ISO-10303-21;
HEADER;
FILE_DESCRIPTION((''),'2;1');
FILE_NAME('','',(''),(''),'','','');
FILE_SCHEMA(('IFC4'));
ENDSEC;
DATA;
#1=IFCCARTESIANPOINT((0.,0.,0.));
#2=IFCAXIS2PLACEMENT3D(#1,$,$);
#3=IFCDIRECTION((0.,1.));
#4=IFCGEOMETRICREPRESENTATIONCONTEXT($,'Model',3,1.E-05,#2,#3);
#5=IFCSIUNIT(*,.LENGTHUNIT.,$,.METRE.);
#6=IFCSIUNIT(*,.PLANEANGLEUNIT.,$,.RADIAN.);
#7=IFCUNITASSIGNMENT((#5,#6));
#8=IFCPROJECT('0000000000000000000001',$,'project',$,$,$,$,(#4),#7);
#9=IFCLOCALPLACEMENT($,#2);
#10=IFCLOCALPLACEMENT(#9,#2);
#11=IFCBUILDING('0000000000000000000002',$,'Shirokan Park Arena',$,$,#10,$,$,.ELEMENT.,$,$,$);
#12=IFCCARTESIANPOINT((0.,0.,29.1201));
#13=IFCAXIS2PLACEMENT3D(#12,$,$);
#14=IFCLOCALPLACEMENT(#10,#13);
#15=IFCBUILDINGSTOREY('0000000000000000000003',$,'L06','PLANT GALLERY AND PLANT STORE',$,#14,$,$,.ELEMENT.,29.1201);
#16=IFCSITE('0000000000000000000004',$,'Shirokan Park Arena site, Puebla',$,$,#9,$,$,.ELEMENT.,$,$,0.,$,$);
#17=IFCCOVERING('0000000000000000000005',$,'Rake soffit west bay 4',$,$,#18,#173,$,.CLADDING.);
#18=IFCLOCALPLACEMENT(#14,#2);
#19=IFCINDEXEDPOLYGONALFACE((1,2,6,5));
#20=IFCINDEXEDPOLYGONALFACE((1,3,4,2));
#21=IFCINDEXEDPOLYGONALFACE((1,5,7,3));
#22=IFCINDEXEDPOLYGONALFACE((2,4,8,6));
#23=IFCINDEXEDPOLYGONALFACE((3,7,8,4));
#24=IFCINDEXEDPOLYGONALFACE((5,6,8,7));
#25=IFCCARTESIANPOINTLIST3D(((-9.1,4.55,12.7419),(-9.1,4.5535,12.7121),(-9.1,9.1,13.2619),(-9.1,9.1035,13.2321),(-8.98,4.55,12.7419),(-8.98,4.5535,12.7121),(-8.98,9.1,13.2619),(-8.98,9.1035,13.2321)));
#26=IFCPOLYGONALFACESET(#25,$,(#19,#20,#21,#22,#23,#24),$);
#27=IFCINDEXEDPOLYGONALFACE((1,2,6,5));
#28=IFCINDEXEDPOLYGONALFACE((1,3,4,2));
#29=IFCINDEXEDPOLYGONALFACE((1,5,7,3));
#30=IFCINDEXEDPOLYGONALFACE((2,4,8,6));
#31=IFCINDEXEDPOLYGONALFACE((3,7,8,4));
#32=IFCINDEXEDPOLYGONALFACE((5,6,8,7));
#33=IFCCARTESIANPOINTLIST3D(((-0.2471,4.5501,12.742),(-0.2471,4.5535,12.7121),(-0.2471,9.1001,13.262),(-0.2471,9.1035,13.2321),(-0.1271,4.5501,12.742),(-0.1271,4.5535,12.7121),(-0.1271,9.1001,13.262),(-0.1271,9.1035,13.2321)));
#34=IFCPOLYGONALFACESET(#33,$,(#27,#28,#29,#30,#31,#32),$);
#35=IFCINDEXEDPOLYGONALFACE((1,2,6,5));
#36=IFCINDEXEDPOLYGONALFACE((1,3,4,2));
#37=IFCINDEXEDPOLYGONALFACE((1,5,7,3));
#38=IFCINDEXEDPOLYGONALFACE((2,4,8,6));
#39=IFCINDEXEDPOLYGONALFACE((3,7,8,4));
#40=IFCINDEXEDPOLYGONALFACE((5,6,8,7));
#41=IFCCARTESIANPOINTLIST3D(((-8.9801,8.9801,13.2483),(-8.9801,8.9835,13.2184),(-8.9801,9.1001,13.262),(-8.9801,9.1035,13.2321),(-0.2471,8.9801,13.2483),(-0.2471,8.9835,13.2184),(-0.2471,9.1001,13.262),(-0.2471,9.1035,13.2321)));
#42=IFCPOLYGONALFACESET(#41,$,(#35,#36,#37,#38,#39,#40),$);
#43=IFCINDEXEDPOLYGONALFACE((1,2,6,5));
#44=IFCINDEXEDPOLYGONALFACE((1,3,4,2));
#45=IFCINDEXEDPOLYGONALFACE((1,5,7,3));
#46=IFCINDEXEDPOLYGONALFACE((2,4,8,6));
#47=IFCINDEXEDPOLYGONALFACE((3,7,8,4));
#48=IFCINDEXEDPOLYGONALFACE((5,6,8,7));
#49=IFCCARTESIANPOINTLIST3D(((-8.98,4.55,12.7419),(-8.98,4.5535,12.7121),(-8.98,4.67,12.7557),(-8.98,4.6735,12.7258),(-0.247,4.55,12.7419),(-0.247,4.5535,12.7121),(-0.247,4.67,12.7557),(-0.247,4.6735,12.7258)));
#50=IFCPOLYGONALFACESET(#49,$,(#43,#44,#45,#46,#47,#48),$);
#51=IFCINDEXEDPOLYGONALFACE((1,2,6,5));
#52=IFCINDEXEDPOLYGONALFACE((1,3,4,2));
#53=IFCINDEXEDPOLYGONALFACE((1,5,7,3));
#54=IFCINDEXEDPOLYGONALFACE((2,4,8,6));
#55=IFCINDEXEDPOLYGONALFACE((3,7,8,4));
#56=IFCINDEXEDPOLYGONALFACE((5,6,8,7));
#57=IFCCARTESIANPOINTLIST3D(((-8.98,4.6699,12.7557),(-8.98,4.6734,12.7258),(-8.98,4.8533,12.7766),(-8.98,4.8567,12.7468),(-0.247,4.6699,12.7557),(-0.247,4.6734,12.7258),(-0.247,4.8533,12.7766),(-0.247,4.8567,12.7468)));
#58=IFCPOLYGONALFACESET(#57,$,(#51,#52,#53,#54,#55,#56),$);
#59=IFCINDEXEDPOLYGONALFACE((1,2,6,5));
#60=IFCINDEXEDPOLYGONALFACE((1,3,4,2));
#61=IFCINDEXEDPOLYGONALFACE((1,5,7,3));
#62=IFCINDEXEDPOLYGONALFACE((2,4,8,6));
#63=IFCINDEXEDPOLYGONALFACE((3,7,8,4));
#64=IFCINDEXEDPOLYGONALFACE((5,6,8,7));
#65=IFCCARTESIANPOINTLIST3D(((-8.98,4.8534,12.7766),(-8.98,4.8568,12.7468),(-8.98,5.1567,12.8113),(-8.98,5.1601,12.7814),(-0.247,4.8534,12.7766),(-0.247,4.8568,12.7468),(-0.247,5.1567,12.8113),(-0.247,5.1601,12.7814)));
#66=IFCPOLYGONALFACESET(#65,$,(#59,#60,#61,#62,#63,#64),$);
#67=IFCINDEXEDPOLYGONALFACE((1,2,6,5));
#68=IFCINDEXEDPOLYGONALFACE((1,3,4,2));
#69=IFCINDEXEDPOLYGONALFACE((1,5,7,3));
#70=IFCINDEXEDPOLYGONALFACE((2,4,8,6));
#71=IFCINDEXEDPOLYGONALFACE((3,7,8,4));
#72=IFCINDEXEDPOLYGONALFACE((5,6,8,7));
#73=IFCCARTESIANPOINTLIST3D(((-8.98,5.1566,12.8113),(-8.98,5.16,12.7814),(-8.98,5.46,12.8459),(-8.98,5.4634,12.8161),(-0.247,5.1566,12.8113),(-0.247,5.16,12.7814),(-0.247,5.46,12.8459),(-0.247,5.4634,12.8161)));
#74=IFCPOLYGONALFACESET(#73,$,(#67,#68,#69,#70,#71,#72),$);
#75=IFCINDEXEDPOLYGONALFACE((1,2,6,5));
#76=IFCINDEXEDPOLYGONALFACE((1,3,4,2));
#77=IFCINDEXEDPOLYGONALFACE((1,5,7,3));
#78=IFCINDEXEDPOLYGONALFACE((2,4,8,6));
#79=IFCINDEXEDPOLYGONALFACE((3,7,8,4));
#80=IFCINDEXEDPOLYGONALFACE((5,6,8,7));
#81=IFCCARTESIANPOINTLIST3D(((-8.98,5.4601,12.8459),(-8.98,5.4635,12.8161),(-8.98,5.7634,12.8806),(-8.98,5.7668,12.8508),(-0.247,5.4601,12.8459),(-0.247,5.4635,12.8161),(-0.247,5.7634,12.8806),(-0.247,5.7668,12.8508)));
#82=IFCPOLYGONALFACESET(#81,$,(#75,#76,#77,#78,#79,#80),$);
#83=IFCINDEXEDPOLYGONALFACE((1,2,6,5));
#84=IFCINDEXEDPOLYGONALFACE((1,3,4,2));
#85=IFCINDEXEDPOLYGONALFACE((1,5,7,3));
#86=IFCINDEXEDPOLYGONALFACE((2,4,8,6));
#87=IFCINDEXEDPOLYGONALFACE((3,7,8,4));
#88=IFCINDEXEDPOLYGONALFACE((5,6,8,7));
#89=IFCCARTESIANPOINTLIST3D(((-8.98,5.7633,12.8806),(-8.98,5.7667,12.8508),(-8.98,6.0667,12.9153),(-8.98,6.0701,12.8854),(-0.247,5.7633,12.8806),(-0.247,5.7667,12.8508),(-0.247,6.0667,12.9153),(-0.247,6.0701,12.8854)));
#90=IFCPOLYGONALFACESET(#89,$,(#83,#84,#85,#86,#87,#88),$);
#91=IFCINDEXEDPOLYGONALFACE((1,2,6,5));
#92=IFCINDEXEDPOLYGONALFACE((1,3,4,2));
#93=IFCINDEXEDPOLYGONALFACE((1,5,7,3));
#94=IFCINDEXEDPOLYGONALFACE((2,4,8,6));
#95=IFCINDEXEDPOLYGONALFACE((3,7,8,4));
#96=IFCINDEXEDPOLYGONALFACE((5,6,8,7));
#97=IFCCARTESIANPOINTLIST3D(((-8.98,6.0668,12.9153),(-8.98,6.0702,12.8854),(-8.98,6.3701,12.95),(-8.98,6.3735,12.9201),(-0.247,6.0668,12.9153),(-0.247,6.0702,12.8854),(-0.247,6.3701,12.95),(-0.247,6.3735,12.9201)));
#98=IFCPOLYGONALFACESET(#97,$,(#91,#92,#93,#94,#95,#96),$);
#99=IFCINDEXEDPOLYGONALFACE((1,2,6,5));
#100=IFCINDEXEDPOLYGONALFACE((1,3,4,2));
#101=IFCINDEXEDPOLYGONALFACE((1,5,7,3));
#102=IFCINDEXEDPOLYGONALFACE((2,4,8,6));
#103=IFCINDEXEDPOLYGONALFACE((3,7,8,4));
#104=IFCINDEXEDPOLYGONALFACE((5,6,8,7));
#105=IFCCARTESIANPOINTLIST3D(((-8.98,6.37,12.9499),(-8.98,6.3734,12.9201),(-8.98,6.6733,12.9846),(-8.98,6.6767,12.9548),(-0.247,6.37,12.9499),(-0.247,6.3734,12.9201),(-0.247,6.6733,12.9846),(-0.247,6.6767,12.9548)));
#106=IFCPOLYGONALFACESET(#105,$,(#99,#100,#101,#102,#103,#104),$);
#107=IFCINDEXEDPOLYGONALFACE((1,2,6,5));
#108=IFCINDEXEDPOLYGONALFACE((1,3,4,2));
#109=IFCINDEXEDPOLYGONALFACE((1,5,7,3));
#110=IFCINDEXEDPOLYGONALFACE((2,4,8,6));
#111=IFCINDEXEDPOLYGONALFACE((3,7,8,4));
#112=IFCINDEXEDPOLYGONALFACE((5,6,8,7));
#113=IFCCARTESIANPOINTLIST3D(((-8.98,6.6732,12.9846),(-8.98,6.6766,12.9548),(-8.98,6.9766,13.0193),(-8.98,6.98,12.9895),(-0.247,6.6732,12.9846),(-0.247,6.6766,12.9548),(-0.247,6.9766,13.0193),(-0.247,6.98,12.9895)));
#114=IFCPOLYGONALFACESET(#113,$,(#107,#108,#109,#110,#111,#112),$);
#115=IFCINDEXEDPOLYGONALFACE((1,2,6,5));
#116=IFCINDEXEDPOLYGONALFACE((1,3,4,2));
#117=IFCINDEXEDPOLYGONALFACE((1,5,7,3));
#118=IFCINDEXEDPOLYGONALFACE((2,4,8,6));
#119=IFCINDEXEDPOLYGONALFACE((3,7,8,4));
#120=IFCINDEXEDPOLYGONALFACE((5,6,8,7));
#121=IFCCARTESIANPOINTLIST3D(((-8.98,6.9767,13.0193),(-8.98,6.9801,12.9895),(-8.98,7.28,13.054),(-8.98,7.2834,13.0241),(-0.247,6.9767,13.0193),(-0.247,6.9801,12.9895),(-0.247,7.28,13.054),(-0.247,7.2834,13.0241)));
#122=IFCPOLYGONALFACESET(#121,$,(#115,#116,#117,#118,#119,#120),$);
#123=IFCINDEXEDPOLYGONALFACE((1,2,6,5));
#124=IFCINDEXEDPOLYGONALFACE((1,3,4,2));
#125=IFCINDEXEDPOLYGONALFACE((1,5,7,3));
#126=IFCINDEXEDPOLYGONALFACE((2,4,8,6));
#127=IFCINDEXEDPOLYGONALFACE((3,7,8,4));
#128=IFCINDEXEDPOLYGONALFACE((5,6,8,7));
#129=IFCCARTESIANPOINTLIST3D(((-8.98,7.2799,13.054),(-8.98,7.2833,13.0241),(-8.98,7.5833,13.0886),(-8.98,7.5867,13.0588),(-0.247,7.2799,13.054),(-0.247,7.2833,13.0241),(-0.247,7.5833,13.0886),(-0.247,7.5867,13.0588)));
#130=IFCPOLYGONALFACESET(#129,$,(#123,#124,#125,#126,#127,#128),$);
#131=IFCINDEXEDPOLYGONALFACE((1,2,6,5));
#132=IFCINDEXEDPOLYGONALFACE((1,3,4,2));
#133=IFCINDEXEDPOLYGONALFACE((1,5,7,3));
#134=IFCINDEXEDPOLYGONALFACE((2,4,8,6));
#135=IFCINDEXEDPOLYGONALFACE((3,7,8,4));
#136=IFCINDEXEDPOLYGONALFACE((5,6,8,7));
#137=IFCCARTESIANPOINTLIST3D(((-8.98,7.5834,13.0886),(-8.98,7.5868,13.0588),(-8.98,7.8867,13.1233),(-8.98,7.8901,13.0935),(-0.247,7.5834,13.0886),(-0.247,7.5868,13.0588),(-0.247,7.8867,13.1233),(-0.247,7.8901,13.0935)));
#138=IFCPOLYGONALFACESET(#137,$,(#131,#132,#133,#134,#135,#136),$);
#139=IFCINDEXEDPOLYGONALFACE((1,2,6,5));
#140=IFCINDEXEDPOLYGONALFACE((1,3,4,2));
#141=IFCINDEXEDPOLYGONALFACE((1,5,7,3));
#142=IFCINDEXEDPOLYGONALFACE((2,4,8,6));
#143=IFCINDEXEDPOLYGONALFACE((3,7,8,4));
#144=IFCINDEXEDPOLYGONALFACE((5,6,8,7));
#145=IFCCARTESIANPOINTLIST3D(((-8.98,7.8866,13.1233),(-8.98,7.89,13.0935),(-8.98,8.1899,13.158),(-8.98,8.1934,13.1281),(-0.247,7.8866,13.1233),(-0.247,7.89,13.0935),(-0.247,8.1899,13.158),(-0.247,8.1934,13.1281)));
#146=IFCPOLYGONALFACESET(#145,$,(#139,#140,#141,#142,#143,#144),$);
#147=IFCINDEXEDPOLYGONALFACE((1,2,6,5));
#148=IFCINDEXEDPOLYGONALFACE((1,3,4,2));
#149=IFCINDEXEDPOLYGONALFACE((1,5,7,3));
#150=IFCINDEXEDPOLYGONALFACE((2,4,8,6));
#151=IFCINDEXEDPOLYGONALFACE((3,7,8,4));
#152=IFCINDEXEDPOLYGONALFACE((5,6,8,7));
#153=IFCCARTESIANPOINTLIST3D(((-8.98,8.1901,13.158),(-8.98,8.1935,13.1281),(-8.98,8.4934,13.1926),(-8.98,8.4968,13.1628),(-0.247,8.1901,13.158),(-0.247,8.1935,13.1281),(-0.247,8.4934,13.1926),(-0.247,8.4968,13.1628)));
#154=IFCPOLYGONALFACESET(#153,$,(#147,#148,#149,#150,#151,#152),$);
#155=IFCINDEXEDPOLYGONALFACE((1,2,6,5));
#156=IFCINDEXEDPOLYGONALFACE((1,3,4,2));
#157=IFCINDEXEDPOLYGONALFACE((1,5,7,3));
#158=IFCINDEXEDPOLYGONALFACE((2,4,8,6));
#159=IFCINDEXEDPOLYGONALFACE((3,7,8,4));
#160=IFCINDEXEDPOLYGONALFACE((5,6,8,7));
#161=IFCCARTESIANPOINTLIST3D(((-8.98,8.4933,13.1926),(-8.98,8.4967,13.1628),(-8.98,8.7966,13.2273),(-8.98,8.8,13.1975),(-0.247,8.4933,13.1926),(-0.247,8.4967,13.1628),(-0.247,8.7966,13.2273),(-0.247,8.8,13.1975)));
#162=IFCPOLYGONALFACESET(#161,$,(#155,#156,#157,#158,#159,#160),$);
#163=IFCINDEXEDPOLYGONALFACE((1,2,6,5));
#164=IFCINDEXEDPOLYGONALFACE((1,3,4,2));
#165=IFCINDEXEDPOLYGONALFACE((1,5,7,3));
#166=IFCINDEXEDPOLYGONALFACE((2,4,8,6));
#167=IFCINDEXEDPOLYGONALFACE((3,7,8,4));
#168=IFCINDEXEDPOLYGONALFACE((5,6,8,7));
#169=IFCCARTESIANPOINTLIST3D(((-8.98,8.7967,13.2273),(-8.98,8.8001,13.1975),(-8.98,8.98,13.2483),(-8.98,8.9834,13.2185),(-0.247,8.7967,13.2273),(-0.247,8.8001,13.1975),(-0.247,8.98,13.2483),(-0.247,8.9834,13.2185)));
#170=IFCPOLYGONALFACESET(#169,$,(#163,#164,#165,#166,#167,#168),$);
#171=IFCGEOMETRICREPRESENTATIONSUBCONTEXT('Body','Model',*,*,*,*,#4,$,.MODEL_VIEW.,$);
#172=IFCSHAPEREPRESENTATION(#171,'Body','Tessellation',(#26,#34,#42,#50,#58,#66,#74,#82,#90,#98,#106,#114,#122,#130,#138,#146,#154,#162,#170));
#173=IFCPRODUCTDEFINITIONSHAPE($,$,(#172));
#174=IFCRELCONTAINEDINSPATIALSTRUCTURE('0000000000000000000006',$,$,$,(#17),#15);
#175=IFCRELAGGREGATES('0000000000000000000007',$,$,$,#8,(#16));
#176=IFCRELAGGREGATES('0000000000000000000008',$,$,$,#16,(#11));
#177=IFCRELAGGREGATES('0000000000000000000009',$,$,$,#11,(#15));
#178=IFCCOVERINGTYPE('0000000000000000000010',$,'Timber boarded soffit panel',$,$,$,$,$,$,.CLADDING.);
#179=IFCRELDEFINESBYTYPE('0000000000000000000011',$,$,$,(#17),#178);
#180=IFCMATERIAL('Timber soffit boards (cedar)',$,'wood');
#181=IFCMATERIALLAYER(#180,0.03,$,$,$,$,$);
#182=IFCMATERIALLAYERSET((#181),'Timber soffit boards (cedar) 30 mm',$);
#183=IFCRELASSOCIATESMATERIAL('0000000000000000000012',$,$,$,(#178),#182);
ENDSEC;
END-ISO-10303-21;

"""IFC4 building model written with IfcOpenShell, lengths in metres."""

from ifc_helpers import new_model, si_unit, direction, frame, origin, place, context, subcontext, project, spatial, polyline, outline, extrude, material, layer, layer_set, type_object, element, save


model = new_model("IFC4")

# Units and contexts
model_context = context("Model", 3, precision=1e-05, world=origin(), true_north=direction((0.0, 1.0)))
body_context = subcontext(model_context, "Body", "Model", "MODEL_VIEW")
ifc_project = project(units=[si_unit("LENGTHUNIT", "METRE"), si_unit("PLANEANGLEUNIT", "RADIAN")], contexts=[model_context])

# Site, building, storey
site_placement = place(None, origin())
site = spatial("IfcSite", under=ifc_project, at=site_placement, Name="Shirokan Park Arena site, Puebla", CompositionType="ELEMENT", RefElevation=0.0)
building_placement = place(site_placement, origin())
building = spatial("IfcBuilding", under=site, at=building_placement, Name="Shirokan Park Arena", CompositionType="ELEMENT")
storey_placement = place(building_placement, frame((0.0, 0.0, 29.1201)))
storey = spatial("IfcBuildingStorey", under=building, at=storey_placement, Name="L06", Description="PLANT GALLERY AND PLANT STORE", CompositionType="ELEMENT", Elevation=29.1201)

# Covering
ifc_material = material(Name="Timber soffit boards (cedar)", Category="wood")
ifc_layer = layer(ifc_material, 0.03)
ifc_layer_set = layer_set([ifc_layer], Name="Timber soffit boards (cedar) 30 mm")
covering_type = type_object("IfcCoveringType", Name="Timber boarded soffit panel", PredefinedType="CLADDING", material=ifc_layer_set)
covering_1_placement = place(storey_placement, origin())
element("IfcCovering", 1, at=covering_1_placement, inside=storey, type_object=covering_type, Name="Rake soffit west bay 4", PredefinedType="CLADDING", context=body_context, shape_type="SweptSolid", body=[
    extrude(outline(polyline([(0.0, 0.0), (0.12, 0.0), (0.12, -4.5796), (0.0, -4.5796), (0.0, 0.0)])), frame((-8.98, 4.55, 12.7419), z_axis=(0.0, -0.113547, 0.993533), x_axis=(-1.0, 0.0, 0.0)), (0.0, 0.0, -1.0), 0.03),
    extrude(outline(polyline([(0.0, 0.0), (0.12, 0.0), (0.12, -4.5796), (0.0, -4.5796), (0.0, 0.0)])), frame((-0.2471, 9.1001, 13.262), z_axis=(0.0, -0.113547, 0.993533), x_axis=(1.0, 0.0, 0.0)), (0.0, 0.0, -1.0), 0.03),
    extrude(outline(polyline([(0.0, 0.0), (0.1208, 0.0), (0.1208, -8.733), (0.0, -8.733), (0.0, 0.0)])), frame((-0.2471, 9.1001, 13.262), z_axis=(0.0, -0.113512, 0.993537), x_axis=(0.0, -0.993537, -0.113512)), (0.0, 0.0, -1.0), 0.03),
    extrude(outline(polyline([(0.0, 0.0), (0.1208, 0.0), (0.1208, -8.733), (0.0, -8.733), (0.0, 0.0)])), frame((-8.98, 4.55, 12.7419), z_axis=(0.0, -0.113512, 0.993537), x_axis=(0.0, 0.993537, 0.113512)), (0.0, 0.0, -1.0), 0.03),
    extrude(outline(polyline([(0.0, 0.0), (8.733, 0.0), (8.733, -0.1845), (0.0, -0.1845), (0.0, 0.0)])), frame((-8.98, 4.8533, 12.7766), z_axis=(0.0, -0.113589, 0.993528), x_axis=(1.0, 0.0, 0.0)), (0.0, 0.0, -1.0), 0.03),
    extrude(outline(polyline([(0.0, 0.0), (8.733, 0.0), (8.733, -0.3053), (0.0, -0.3053), (0.0, 0.0)])), frame((-8.98, 5.1567, 12.8113), z_axis=(0.0, -0.113523, 0.993535), x_axis=(1.0, 0.0, 0.0)), (0.0, 0.0, -1.0), 0.03),
    extrude(outline(polyline([(0.0, 0.0), (8.733, 0.0), (8.733, -0.3053), (0.0, -0.3053), (0.0, 0.0)])), frame((-8.98, 5.46, 12.8459), z_axis=(0.0, -0.113559, 0.993531), x_axis=(1.0, 0.0, 0.0)), (0.0, 0.0, -1.0), 0.03),
    extrude(outline(polyline([(0.0, 0.0), (8.733, 0.0), (8.733, -0.3053), (0.0, -0.3053), (0.0, 0.0)])), frame((-8.98, 5.7634, 12.8806), z_axis=(0.0, -0.113559, 0.993531), x_axis=(1.0, 0.0, 0.0)), (0.0, 0.0, -1.0), 0.03),
    extrude(outline(polyline([(0.0, 0.0), (8.733, 0.0), (8.733, -0.3053), (0.0, -0.3053), (0.0, 0.0)])), frame((-8.98, 6.0667, 12.9153), z_axis=(0.0, -0.113523, 0.993535), x_axis=(1.0, 0.0, 0.0)), (0.0, 0.0, -1.0), 0.03),
    extrude(outline(polyline([(0.0, 0.0), (8.733, 0.0), (8.733, -0.3053), (0.0, -0.3053), (0.0, 0.0)])), frame((-8.98, 6.3701, 12.95), z_axis=(0.0, -0.113559, 0.993531), x_axis=(1.0, 0.0, 0.0)), (0.0, 0.0, -1.0), 0.03),
    extrude(outline(polyline([(0.0, 0.0), (8.733, 0.0), (8.733, -0.3053), (0.0, -0.3053), (0.0, 0.0)])), frame((-8.98, 6.6733, 12.9846), z_axis=(0.0, -0.113559, 0.993531), x_axis=(1.0, 0.0, 0.0)), (0.0, 0.0, -1.0), 0.03),
    extrude(outline(polyline([(0.0, 0.0), (8.733, 0.0), (8.733, -0.3053), (0.0, -0.3053), (0.0, 0.0)])), frame((-8.98, 6.9766, 13.0193), z_axis=(0.0, -0.113523, 0.993535), x_axis=(1.0, 0.0, 0.0)), (0.0, 0.0, -1.0), 0.03),
    extrude(outline(polyline([(0.0, 0.0), (8.733, 0.0), (8.733, -0.3053), (0.0, -0.3053), (0.0, 0.0)])), frame((-8.98, 7.28, 13.054), z_axis=(0.0, -0.113559, 0.993531), x_axis=(1.0, 0.0, 0.0)), (0.0, 0.0, -1.0), 0.03),
    extrude(outline(polyline([(0.0, 0.0), (8.733, 0.0), (8.733, -0.3053), (0.0, -0.3053), (0.0, 0.0)])), frame((-8.98, 7.5833, 13.0886), z_axis=(0.0, -0.113559, 0.993531), x_axis=(1.0, 0.0, 0.0)), (0.0, 0.0, -1.0), 0.03),
    extrude(outline(polyline([(0.0, 0.0), (8.733, 0.0), (8.733, -0.3053), (0.0, -0.3053), (0.0, 0.0)])), frame((-8.98, 7.8867, 13.1233), z_axis=(0.0, -0.113523, 0.993535), x_axis=(1.0, 0.0, 0.0)), (0.0, 0.0, -1.0), 0.03),
    extrude(outline(polyline([(0.0, 0.0), (8.733, 0.0), (8.733, -0.3053), (0.0, -0.3053), (0.0, 0.0)])), frame((-8.98, 8.1899, 13.158), z_axis=(0.0, -0.113559, 0.993531), x_axis=(1.0, 0.0, 0.0)), (0.0, 0.0, -1.0), 0.03),
    extrude(outline(polyline([(0.0, 0.0), (8.733, 0.0), (8.733, -0.3053), (0.0, -0.3053), (0.0, 0.0)])), frame((-8.98, 8.4934, 13.1926), z_axis=(0.0, -0.113559, 0.993531), x_axis=(1.0, 0.0, 0.0)), (0.0, 0.0, -1.0), 0.03),
    extrude(outline(polyline([(0.0, 0.0), (8.733, 0.0), (8.733, -0.3053), (0.0, -0.3053), (0.0, 0.0)])), frame((-8.98, 8.7966, 13.2273), z_axis=(0.0, -0.113523, 0.993535), x_axis=(1.0, 0.0, 0.0)), (0.0, 0.0, -1.0), 0.03),
    extrude(outline(polyline([(0.0, 0.0), (8.733, 0.0), (8.733, -0.1845), (0.0, -0.1845), (0.0, 0.0)])), frame((-8.98, 8.98, 13.2483), z_axis=(0.0, -0.113589, 0.993528), x_axis=(1.0, 0.0, 0.0)), (0.0, 0.0, -1.0), 0.03),
])

save(model, "model.ifc")
